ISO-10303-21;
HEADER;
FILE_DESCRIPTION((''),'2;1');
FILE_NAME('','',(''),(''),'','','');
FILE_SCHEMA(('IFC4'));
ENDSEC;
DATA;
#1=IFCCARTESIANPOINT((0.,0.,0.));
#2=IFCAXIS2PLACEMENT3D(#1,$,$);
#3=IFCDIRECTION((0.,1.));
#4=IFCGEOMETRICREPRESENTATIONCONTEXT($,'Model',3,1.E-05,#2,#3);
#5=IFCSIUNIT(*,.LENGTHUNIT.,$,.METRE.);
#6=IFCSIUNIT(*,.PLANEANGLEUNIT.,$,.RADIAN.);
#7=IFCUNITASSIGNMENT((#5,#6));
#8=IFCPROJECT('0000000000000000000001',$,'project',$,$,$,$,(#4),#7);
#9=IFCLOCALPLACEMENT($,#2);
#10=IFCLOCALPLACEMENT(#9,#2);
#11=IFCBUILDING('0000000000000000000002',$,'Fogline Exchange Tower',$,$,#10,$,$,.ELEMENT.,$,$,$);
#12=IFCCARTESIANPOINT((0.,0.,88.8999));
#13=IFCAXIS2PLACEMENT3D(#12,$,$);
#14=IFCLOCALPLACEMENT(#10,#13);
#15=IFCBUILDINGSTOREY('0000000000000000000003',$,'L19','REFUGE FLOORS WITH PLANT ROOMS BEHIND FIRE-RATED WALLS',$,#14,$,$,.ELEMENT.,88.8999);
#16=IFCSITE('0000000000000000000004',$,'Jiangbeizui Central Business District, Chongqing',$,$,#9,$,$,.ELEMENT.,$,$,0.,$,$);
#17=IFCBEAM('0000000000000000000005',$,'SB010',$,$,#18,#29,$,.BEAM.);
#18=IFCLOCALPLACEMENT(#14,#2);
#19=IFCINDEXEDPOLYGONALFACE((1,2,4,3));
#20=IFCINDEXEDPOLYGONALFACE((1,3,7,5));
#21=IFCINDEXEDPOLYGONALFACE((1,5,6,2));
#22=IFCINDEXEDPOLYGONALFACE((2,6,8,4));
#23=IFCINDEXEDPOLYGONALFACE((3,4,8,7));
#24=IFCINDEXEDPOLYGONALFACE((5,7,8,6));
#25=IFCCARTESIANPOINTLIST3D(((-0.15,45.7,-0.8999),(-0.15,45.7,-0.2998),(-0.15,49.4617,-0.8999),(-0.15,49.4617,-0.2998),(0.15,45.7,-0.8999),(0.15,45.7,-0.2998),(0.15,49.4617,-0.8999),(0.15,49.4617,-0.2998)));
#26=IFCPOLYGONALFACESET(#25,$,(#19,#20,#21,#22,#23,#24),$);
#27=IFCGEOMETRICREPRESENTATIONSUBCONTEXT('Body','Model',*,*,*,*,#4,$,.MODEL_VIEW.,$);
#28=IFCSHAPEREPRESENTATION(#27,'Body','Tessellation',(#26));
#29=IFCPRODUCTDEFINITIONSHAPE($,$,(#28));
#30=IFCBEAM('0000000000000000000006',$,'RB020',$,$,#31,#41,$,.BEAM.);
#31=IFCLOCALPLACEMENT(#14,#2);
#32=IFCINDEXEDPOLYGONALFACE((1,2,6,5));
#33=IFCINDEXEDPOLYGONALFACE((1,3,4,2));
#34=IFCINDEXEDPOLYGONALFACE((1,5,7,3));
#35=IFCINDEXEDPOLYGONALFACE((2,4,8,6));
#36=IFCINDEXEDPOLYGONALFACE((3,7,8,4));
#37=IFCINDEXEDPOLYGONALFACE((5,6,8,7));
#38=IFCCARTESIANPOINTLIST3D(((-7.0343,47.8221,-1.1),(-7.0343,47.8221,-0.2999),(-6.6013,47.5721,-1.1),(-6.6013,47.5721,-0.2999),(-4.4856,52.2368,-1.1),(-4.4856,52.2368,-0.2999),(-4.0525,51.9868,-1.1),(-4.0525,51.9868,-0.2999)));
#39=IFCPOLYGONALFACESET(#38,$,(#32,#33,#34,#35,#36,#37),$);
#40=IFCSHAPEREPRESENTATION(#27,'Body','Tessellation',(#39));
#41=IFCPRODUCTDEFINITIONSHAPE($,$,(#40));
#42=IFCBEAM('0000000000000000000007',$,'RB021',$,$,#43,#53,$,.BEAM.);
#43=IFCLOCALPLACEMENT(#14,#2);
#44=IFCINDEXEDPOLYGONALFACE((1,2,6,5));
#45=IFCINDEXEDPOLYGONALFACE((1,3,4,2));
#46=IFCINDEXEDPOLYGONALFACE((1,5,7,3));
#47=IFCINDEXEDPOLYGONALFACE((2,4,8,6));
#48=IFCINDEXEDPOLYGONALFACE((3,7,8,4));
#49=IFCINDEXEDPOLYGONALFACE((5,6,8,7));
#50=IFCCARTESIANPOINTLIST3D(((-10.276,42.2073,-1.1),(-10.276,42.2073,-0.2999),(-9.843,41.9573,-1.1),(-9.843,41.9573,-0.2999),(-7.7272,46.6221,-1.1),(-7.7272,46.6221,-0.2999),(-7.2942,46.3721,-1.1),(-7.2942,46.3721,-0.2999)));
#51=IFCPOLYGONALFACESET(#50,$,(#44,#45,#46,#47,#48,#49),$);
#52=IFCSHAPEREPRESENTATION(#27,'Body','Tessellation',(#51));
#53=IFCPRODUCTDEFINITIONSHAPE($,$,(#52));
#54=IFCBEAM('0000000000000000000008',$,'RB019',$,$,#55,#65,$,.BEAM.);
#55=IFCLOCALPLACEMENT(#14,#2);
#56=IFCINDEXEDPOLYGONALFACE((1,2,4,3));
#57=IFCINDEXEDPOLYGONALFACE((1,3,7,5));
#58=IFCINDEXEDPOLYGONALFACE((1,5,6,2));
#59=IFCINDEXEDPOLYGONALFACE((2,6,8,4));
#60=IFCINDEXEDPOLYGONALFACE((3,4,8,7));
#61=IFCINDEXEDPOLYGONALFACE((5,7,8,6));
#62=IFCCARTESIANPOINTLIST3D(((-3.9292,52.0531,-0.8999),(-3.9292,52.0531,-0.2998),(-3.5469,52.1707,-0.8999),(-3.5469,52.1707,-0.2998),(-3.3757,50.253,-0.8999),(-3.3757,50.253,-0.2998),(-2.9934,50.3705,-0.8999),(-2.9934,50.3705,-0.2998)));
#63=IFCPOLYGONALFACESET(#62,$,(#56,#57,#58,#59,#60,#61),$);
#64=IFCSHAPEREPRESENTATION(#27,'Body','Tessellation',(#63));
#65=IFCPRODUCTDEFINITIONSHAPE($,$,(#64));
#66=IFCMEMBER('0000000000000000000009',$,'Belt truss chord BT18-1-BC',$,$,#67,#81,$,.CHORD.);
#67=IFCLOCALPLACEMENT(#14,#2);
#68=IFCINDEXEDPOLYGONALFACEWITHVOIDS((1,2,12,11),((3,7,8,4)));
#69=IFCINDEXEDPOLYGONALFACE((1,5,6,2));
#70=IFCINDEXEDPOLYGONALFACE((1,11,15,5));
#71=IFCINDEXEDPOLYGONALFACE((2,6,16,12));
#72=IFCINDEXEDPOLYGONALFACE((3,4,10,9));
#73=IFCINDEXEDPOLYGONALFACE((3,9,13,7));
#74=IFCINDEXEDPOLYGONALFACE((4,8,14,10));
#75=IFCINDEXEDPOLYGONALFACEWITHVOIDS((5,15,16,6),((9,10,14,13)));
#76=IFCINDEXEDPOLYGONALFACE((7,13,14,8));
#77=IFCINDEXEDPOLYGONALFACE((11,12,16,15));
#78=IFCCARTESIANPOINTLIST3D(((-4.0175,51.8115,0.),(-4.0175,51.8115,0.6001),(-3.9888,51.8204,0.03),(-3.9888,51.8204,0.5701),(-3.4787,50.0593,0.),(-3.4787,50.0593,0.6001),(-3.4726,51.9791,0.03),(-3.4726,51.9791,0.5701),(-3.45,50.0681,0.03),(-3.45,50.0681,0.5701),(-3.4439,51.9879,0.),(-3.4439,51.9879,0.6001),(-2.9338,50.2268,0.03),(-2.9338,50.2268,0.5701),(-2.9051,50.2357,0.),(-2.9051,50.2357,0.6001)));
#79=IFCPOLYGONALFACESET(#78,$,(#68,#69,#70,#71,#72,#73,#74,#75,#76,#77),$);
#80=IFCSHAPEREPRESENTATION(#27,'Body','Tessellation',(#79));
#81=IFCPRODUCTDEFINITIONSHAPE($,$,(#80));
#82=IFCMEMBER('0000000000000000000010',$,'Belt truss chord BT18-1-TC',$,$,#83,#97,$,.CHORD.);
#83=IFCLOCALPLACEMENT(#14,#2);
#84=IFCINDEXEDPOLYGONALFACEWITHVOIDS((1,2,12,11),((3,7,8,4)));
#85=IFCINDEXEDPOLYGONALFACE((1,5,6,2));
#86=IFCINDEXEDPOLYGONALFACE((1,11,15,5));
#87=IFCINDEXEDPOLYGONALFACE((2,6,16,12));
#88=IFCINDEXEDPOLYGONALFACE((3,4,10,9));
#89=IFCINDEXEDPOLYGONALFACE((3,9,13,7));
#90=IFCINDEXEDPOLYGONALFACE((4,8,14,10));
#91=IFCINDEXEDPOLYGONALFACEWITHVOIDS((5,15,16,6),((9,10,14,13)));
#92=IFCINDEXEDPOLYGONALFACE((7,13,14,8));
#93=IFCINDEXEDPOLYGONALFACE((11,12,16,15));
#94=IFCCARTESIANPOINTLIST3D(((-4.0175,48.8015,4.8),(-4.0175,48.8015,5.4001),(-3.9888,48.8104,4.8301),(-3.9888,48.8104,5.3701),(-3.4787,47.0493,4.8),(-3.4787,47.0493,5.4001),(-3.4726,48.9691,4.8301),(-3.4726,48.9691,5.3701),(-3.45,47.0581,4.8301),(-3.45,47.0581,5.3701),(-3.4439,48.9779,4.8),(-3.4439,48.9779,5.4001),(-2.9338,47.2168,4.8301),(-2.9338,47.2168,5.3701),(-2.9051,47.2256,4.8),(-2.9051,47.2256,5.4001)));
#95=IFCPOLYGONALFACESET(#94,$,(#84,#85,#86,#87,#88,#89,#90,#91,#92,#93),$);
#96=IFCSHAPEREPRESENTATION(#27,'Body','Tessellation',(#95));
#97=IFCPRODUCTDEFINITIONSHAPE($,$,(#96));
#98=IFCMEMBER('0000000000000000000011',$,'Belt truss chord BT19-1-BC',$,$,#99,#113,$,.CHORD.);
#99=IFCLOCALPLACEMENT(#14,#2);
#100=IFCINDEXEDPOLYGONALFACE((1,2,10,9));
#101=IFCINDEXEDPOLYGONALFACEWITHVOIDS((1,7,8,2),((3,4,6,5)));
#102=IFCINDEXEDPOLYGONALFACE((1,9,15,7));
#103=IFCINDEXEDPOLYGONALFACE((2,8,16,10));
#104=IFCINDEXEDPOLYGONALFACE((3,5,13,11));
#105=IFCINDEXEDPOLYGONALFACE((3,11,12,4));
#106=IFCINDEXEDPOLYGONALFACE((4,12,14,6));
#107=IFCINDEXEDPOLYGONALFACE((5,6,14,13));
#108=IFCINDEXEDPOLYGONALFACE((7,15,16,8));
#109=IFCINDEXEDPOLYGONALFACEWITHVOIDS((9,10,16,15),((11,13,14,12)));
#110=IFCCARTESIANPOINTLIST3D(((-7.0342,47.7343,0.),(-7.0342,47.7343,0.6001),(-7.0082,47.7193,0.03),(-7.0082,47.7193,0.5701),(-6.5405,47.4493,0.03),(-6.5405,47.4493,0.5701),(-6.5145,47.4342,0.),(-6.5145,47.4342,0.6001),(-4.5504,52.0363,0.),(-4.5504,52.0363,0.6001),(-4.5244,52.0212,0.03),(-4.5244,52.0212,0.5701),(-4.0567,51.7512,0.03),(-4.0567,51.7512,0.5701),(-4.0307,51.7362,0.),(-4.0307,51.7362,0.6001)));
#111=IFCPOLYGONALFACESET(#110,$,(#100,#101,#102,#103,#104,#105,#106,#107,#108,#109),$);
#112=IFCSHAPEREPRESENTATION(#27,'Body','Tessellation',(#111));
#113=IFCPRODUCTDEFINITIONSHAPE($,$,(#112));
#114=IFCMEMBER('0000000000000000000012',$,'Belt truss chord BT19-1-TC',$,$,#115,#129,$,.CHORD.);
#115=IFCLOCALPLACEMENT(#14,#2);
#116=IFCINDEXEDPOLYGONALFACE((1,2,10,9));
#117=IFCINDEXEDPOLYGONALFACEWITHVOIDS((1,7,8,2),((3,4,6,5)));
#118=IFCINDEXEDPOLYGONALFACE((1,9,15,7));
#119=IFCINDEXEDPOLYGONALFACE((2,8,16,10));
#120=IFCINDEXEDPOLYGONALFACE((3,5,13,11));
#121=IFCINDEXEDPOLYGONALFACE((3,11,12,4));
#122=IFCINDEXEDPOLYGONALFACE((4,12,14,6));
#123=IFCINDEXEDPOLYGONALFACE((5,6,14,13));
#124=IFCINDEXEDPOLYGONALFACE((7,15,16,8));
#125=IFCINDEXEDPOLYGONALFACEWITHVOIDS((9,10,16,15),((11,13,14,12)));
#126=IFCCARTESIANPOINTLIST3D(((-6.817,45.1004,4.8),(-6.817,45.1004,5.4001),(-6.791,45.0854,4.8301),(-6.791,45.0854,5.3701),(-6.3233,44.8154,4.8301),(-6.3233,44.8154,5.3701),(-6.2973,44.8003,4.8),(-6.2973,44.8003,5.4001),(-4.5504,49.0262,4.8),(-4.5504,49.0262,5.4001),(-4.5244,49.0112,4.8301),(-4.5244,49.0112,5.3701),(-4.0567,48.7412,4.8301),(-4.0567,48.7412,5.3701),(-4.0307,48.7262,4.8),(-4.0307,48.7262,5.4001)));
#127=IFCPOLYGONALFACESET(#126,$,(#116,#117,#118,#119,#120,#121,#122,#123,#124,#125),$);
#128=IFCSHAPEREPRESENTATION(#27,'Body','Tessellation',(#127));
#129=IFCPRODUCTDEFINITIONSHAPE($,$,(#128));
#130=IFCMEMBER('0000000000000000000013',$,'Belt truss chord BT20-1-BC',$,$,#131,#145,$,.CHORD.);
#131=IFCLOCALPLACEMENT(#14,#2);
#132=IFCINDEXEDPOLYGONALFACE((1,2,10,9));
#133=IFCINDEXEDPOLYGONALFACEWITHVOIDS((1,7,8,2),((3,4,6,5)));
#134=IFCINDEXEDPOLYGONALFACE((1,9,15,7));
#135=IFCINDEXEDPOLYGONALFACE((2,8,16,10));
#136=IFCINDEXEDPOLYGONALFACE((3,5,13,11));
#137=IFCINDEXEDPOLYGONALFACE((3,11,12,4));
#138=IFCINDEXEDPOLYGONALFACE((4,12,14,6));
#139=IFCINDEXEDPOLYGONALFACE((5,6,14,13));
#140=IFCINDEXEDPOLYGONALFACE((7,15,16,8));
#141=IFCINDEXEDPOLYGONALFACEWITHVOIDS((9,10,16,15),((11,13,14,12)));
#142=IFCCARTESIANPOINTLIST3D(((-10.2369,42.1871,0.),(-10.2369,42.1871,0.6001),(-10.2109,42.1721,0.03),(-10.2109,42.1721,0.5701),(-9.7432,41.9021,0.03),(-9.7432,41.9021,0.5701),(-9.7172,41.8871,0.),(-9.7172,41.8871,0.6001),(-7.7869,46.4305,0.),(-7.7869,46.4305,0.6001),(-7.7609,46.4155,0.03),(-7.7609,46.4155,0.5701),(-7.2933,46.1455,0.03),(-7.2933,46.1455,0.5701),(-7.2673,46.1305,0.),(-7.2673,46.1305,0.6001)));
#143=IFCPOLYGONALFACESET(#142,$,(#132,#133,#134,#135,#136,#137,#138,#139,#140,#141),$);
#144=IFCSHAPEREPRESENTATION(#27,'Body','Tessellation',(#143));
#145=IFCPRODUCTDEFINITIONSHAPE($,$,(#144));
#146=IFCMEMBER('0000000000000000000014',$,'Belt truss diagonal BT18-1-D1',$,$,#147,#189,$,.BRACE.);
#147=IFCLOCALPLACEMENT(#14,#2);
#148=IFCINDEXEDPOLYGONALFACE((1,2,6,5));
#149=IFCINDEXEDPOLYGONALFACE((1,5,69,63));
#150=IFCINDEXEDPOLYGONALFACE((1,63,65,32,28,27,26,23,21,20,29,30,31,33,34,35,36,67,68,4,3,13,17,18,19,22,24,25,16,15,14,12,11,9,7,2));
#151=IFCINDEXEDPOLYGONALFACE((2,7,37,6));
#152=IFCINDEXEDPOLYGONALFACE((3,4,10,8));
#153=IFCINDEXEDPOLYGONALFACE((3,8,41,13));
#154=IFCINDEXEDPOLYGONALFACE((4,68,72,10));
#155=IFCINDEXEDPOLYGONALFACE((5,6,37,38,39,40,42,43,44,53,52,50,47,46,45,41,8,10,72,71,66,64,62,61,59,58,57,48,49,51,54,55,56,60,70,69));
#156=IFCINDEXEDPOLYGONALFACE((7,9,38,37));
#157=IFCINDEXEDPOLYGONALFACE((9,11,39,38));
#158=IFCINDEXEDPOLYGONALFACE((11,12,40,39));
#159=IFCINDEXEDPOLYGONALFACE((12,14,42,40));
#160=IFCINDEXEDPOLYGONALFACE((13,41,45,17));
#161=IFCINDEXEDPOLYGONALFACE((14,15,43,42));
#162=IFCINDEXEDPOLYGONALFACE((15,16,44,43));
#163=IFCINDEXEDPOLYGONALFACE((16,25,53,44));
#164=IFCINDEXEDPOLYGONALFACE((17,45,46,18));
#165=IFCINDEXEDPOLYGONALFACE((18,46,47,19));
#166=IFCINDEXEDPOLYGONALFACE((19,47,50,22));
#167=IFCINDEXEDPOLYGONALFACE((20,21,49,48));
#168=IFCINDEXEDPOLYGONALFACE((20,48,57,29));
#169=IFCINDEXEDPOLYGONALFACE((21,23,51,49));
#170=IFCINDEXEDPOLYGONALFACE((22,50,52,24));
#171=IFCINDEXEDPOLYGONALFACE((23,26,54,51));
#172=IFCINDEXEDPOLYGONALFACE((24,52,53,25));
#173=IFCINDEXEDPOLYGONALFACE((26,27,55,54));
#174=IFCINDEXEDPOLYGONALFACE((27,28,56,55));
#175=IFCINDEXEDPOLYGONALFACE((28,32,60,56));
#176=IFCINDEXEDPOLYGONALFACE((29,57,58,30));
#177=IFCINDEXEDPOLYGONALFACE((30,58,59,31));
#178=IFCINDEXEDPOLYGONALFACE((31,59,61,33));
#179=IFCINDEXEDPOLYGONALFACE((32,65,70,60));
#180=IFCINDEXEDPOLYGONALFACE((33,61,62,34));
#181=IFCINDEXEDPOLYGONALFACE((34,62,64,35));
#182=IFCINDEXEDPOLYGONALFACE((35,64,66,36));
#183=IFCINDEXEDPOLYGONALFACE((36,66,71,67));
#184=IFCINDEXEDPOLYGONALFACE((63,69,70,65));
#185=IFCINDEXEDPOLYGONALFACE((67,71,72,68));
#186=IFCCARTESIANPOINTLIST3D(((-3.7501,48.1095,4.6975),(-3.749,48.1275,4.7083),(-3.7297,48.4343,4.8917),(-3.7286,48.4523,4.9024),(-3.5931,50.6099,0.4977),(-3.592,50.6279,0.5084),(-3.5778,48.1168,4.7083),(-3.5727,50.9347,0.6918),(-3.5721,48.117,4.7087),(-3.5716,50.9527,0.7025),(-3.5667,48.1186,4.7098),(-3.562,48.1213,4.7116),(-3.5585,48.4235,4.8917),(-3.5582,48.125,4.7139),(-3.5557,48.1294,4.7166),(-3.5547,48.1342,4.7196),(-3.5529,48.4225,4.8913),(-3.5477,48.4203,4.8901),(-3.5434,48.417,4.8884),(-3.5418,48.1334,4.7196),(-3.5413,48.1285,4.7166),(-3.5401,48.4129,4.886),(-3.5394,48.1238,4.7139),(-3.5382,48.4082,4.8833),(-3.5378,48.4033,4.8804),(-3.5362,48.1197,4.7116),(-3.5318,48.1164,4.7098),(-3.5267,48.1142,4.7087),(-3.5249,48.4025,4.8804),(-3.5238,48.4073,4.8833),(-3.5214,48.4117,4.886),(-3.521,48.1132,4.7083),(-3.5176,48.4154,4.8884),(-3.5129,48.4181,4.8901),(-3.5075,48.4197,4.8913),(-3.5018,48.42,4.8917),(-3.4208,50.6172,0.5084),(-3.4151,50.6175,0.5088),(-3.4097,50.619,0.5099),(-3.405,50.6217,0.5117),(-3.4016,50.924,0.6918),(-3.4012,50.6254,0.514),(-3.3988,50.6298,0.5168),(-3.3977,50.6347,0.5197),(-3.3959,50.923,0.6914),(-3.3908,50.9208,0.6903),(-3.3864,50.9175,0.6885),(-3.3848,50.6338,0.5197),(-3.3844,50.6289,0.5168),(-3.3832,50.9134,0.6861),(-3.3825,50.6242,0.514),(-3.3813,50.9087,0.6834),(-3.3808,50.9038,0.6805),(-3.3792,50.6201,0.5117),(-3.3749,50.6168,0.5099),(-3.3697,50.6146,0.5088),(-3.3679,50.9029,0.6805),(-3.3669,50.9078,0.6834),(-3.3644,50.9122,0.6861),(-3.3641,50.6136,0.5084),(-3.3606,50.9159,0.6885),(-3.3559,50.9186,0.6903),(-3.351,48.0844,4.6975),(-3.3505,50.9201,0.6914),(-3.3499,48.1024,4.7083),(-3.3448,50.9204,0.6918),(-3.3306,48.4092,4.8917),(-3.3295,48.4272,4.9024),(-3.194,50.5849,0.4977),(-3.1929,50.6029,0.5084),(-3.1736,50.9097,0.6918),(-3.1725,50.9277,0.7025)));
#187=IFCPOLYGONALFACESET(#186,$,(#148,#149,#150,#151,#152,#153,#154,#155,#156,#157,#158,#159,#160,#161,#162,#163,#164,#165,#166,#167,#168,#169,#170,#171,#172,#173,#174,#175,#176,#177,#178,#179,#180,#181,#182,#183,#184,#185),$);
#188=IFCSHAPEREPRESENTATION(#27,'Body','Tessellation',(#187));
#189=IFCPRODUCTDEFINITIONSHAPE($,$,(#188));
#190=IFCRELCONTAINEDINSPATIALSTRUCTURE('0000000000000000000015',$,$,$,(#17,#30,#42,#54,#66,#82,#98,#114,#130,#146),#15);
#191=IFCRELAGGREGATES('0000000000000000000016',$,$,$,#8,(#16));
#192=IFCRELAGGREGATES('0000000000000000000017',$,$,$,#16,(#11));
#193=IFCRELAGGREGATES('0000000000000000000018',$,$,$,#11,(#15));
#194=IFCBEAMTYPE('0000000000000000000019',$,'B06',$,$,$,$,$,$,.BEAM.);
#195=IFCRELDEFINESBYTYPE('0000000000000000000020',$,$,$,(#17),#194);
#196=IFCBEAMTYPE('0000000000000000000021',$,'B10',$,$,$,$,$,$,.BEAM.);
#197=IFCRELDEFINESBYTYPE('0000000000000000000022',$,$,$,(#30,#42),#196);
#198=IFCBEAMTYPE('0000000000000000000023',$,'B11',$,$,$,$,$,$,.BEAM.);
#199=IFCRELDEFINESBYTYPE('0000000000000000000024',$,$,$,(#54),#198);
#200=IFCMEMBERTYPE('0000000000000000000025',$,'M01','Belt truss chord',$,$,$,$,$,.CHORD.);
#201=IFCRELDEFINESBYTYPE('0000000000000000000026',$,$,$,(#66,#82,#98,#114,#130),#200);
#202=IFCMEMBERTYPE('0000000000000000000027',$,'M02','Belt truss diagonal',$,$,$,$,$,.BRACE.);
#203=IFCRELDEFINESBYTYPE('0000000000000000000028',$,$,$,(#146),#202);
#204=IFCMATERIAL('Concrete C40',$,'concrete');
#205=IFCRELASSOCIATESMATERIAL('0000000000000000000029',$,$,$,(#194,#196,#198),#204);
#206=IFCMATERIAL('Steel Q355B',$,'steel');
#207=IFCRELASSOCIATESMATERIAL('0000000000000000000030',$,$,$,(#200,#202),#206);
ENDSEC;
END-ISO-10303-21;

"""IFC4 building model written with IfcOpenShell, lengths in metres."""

from ifc_helpers import new_model, si_unit, direction, frame, origin, origin_2d, place, context, subcontext, project, spatial, rectangle, hollow_rectangle, i_section, extrude, material, material_profile, profile_set, type_object, element, save


model = new_model("IFC4")

# Units and contexts
model_context = context("Model", 3, precision=1e-05, world=origin(), true_north=direction((0.0, 1.0)))
body_context = subcontext(model_context, "Body", "Model", "MODEL_VIEW")
ifc_project = project(units=[si_unit("LENGTHUNIT", "METRE"), si_unit("PLANEANGLEUNIT", "RADIAN")], contexts=[model_context])

# Site, building, storey
site_placement = place(None, origin())
site = spatial("IfcSite", under=ifc_project, at=site_placement, Name="Jiangbeizui Central Business District, Chongqing", CompositionType="ELEMENT", RefElevation=0.0)
building_placement = place(site_placement, origin())
building = spatial("IfcBuilding", under=site, at=building_placement, Name="Fogline Exchange Tower", CompositionType="ELEMENT")
storey_placement = place(building_placement, frame((0.0, 0.0, 88.8999)))
storey = spatial("IfcBuildingStorey", under=building, at=storey_placement, Name="L19", Description="REFUGE FLOORS WITH PLANT ROOMS BEHIND FIRE-RATED WALLS", CompositionType="ELEMENT", Elevation=88.8999)

# Beams
ifc_material_1 = material(Name="Concrete C40", Category="concrete")
ifc_material_profile_1 = material_profile(ifc_material_1, rectangle(XDim=0.3, YDim=0.6001, at=origin_2d()), Name="RC 300x600")
ifc_profile_set_1 = profile_set([ifc_material_profile_1], Name="Concrete C40")
beam_type_1 = type_object("IfcBeamType", Name="B06", PredefinedType="BEAM", material=ifc_profile_set_1)
beam_1_placement = place(storey_placement, frame((0.0, 45.7, -0.5999), z_axis=(0.0, 1.0, 0.0), x_axis=(-1.0, 0.0, 0.0)))
element("IfcBeam", 1, at=beam_1_placement, inside=storey, type_object=beam_type_1, Name="SB010", PredefinedType="BEAM", context=body_context, shape_type="SweptSolid", body=[
    extrude(rectangle(XDim=0.3, YDim=0.6001, at=origin_2d()), origin(), (0.0, 0.0, 1.0), 3.7617),
])
ifc_material_profile_2 = material_profile(ifc_material_1, rectangle(XDim=0.5, YDim=0.8, at=origin_2d()), Name="RC 500x800")
ifc_profile_set_2 = profile_set([ifc_material_profile_2], Name="Concrete C40")
beam_type_2 = type_object("IfcBeamType", Name="B10", PredefinedType="BEAM", material=ifc_profile_set_2)
for number, where, z_axis, x_axis, name in (
    (2, (-4.269, 52.1118, -0.7), (-0.499992, -0.86603, 0.0), (0.86603, -0.499992, 0.0), "RB020"),
    (3, (-7.5107, 46.4971, -0.7), (-0.499992, -0.86603, 0.0), (0.86603, -0.499992, 0.0), "RB021"),
):
    element("IfcBeam", number, at=place(storey_placement, frame(where, z_axis=z_axis, x_axis=x_axis)), inside=storey, type_object=beam_type_2, Name=name, PredefinedType="BEAM", context=body_context, shape_type="SweptSolid", body=[
        extrude(rectangle(XDim=0.5, YDim=0.8, at=origin_2d()), origin(), (0.0, 0.0, 1.0), 5.0977),
    ])
ifc_material_profile_3 = material_profile(ifc_material_1, rectangle(XDim=0.3999, YDim=0.6001, at=origin_2d()), Name="RC 400x600")
ifc_profile_set_3 = profile_set([ifc_material_profile_3], Name="Concrete C40")
beam_type_3 = type_object("IfcBeamType", Name="B11", PredefinedType="BEAM", material=ifc_profile_set_3)
beam_2_placement = place(storey_placement, frame((-3.1846, 50.3118, -0.5999), z_axis=(-0.293895, 0.955838, 0.0), x_axis=(-0.955838, -0.293895, 0.0)))
element("IfcBeam", 4, at=beam_2_placement, inside=storey, type_object=beam_type_3, Name="RB019", PredefinedType="BEAM", context=body_context, shape_type="SweptSolid", body=[
    extrude(rectangle(XDim=0.3999, YDim=0.6001, at=origin_2d()), origin(), (0.0, 0.0, 1.0), 1.8833),
])

# Members
ifc_material_2 = material(Name="Steel Q355B", Category="steel")
ifc_material_profile_4 = material_profile(ifc_material_2, hollow_rectangle(XDim=0.6001, YDim=0.6001, WallThickness=0.03, at=origin_2d()), Name="BOX600X600X30")
ifc_profile_set_4 = profile_set([ifc_material_profile_4], Name="Steel Q355B")
member_type_1 = type_object("IfcMemberType", Name="M01", Description="Belt truss chord", PredefinedType="CHORD", material=ifc_profile_set_4)
for number, where, z_axis, x_axis, name in (
    (5, (-3.1919, 50.1475, 0.3), (-0.293927, 0.955828, 0.0), (-0.955828, -0.293927, 0.0), "Belt truss chord BT18-1-BC"),
    (6, (-3.1919, 47.1375, 5.1001), (-0.293927, 0.955828, 0.0), (-0.955828, -0.293927, 0.0), "Belt truss chord BT18-1-TC"),
):
    element("IfcMember", number, at=place(storey_placement, frame(where, z_axis=z_axis, x_axis=x_axis)), inside=storey, type_object=member_type_1, Name=name, PredefinedType="CHORD", context=body_context, shape_type="SweptSolid", body=[
        extrude(hollow_rectangle(XDim=0.6001, YDim=0.6001, WallThickness=0.03, at=origin_2d()), origin(), (0.0, 0.0, 1.0), 1.8333),
    ])
member_1_placement = place(storey_placement, frame((-4.2905, 51.8862, 0.3), z_axis=(-0.500019, -0.866015, 0.0), x_axis=(0.866015, -0.500019, 0.0)))
element("IfcMember", 7, at=member_1_placement, inside=storey, type_object=member_type_1, Name="Belt truss chord BT19-1-BC", PredefinedType="CHORD", context=body_context, shape_type="SweptSolid", body=[
    extrude(hollow_rectangle(XDim=0.6001, YDim=0.6001, WallThickness=0.03, at=origin_2d()), origin(), (0.0, 0.0, 1.0), 4.9675),
])
member_2_placement = place(storey_placement, frame((-4.2905, 48.8762, 5.1001), z_axis=(-0.500008, -0.866021, 0.0), x_axis=(0.866021, -0.500008, 0.0)))
element("IfcMember", 8, at=member_2_placement, inside=storey, type_object=member_type_1, Name="Belt truss chord BT19-1-TC", PredefinedType="CHORD", context=body_context, shape_type="SweptSolid", body=[
    extrude(hollow_rectangle(XDim=0.6001, YDim=0.6001, WallThickness=0.03, at=origin_2d()), origin(), (0.0, 0.0, 1.0), 4.5332),
])
member_3_placement = place(storey_placement, frame((-7.5271, 46.2805, 0.3), z_axis=(-0.500003, -0.866024, 0.0), x_axis=(0.866024, -0.500003, 0.0)))
element("IfcMember", 9, at=member_3_placement, inside=storey, type_object=member_type_1, Name="Belt truss chord BT20-1-BC", PredefinedType="CHORD", context=body_context, shape_type="SweptSolid", body=[
    extrude(hollow_rectangle(XDim=0.6001, YDim=0.6001, WallThickness=0.03, at=origin_2d()), origin(), (0.0, 0.0, 1.0), 4.8999),
])
ifc_material_profile_5 = material_profile(ifc_material_2, i_section(OverallWidth=0.3999, OverallDepth=0.3999, WebThickness=0.0129, FlangeThickness=0.021, FilletRadius=0.022, at=origin_2d()), Name="HW400X400X13X21")
ifc_profile_set_5 = profile_set([ifc_material_profile_5], Name="Steel Q355B")
member_type_2 = type_object("IfcMemberType", Name="M02", Description="Belt truss diagonal", PredefinedType="BRACE", material=ifc_profile_set_5)
member_4_placement = place(storey_placement, frame((-3.3828, 50.7688, 0.6001), z_axis=(-0.0321, -0.511298, 0.858804), x_axis=(0.998035, -0.062657, 0.0)))
element("IfcMember", 10, at=member_4_placement, inside=storey, type_object=member_type_2, Name="Belt truss diagonal BT18-1-D1", PredefinedType="BRACE", context=body_context, shape_type="SweptSolid", body=[
    extrude(i_section(OverallWidth=0.3999, OverallDepth=0.3999, WebThickness=0.0129, FlangeThickness=0.021, FilletRadius=0.022, at=origin_2d()), origin(), (0.0, 0.0, 1.0), 4.8904),
])

save(model, "model.ifc")
